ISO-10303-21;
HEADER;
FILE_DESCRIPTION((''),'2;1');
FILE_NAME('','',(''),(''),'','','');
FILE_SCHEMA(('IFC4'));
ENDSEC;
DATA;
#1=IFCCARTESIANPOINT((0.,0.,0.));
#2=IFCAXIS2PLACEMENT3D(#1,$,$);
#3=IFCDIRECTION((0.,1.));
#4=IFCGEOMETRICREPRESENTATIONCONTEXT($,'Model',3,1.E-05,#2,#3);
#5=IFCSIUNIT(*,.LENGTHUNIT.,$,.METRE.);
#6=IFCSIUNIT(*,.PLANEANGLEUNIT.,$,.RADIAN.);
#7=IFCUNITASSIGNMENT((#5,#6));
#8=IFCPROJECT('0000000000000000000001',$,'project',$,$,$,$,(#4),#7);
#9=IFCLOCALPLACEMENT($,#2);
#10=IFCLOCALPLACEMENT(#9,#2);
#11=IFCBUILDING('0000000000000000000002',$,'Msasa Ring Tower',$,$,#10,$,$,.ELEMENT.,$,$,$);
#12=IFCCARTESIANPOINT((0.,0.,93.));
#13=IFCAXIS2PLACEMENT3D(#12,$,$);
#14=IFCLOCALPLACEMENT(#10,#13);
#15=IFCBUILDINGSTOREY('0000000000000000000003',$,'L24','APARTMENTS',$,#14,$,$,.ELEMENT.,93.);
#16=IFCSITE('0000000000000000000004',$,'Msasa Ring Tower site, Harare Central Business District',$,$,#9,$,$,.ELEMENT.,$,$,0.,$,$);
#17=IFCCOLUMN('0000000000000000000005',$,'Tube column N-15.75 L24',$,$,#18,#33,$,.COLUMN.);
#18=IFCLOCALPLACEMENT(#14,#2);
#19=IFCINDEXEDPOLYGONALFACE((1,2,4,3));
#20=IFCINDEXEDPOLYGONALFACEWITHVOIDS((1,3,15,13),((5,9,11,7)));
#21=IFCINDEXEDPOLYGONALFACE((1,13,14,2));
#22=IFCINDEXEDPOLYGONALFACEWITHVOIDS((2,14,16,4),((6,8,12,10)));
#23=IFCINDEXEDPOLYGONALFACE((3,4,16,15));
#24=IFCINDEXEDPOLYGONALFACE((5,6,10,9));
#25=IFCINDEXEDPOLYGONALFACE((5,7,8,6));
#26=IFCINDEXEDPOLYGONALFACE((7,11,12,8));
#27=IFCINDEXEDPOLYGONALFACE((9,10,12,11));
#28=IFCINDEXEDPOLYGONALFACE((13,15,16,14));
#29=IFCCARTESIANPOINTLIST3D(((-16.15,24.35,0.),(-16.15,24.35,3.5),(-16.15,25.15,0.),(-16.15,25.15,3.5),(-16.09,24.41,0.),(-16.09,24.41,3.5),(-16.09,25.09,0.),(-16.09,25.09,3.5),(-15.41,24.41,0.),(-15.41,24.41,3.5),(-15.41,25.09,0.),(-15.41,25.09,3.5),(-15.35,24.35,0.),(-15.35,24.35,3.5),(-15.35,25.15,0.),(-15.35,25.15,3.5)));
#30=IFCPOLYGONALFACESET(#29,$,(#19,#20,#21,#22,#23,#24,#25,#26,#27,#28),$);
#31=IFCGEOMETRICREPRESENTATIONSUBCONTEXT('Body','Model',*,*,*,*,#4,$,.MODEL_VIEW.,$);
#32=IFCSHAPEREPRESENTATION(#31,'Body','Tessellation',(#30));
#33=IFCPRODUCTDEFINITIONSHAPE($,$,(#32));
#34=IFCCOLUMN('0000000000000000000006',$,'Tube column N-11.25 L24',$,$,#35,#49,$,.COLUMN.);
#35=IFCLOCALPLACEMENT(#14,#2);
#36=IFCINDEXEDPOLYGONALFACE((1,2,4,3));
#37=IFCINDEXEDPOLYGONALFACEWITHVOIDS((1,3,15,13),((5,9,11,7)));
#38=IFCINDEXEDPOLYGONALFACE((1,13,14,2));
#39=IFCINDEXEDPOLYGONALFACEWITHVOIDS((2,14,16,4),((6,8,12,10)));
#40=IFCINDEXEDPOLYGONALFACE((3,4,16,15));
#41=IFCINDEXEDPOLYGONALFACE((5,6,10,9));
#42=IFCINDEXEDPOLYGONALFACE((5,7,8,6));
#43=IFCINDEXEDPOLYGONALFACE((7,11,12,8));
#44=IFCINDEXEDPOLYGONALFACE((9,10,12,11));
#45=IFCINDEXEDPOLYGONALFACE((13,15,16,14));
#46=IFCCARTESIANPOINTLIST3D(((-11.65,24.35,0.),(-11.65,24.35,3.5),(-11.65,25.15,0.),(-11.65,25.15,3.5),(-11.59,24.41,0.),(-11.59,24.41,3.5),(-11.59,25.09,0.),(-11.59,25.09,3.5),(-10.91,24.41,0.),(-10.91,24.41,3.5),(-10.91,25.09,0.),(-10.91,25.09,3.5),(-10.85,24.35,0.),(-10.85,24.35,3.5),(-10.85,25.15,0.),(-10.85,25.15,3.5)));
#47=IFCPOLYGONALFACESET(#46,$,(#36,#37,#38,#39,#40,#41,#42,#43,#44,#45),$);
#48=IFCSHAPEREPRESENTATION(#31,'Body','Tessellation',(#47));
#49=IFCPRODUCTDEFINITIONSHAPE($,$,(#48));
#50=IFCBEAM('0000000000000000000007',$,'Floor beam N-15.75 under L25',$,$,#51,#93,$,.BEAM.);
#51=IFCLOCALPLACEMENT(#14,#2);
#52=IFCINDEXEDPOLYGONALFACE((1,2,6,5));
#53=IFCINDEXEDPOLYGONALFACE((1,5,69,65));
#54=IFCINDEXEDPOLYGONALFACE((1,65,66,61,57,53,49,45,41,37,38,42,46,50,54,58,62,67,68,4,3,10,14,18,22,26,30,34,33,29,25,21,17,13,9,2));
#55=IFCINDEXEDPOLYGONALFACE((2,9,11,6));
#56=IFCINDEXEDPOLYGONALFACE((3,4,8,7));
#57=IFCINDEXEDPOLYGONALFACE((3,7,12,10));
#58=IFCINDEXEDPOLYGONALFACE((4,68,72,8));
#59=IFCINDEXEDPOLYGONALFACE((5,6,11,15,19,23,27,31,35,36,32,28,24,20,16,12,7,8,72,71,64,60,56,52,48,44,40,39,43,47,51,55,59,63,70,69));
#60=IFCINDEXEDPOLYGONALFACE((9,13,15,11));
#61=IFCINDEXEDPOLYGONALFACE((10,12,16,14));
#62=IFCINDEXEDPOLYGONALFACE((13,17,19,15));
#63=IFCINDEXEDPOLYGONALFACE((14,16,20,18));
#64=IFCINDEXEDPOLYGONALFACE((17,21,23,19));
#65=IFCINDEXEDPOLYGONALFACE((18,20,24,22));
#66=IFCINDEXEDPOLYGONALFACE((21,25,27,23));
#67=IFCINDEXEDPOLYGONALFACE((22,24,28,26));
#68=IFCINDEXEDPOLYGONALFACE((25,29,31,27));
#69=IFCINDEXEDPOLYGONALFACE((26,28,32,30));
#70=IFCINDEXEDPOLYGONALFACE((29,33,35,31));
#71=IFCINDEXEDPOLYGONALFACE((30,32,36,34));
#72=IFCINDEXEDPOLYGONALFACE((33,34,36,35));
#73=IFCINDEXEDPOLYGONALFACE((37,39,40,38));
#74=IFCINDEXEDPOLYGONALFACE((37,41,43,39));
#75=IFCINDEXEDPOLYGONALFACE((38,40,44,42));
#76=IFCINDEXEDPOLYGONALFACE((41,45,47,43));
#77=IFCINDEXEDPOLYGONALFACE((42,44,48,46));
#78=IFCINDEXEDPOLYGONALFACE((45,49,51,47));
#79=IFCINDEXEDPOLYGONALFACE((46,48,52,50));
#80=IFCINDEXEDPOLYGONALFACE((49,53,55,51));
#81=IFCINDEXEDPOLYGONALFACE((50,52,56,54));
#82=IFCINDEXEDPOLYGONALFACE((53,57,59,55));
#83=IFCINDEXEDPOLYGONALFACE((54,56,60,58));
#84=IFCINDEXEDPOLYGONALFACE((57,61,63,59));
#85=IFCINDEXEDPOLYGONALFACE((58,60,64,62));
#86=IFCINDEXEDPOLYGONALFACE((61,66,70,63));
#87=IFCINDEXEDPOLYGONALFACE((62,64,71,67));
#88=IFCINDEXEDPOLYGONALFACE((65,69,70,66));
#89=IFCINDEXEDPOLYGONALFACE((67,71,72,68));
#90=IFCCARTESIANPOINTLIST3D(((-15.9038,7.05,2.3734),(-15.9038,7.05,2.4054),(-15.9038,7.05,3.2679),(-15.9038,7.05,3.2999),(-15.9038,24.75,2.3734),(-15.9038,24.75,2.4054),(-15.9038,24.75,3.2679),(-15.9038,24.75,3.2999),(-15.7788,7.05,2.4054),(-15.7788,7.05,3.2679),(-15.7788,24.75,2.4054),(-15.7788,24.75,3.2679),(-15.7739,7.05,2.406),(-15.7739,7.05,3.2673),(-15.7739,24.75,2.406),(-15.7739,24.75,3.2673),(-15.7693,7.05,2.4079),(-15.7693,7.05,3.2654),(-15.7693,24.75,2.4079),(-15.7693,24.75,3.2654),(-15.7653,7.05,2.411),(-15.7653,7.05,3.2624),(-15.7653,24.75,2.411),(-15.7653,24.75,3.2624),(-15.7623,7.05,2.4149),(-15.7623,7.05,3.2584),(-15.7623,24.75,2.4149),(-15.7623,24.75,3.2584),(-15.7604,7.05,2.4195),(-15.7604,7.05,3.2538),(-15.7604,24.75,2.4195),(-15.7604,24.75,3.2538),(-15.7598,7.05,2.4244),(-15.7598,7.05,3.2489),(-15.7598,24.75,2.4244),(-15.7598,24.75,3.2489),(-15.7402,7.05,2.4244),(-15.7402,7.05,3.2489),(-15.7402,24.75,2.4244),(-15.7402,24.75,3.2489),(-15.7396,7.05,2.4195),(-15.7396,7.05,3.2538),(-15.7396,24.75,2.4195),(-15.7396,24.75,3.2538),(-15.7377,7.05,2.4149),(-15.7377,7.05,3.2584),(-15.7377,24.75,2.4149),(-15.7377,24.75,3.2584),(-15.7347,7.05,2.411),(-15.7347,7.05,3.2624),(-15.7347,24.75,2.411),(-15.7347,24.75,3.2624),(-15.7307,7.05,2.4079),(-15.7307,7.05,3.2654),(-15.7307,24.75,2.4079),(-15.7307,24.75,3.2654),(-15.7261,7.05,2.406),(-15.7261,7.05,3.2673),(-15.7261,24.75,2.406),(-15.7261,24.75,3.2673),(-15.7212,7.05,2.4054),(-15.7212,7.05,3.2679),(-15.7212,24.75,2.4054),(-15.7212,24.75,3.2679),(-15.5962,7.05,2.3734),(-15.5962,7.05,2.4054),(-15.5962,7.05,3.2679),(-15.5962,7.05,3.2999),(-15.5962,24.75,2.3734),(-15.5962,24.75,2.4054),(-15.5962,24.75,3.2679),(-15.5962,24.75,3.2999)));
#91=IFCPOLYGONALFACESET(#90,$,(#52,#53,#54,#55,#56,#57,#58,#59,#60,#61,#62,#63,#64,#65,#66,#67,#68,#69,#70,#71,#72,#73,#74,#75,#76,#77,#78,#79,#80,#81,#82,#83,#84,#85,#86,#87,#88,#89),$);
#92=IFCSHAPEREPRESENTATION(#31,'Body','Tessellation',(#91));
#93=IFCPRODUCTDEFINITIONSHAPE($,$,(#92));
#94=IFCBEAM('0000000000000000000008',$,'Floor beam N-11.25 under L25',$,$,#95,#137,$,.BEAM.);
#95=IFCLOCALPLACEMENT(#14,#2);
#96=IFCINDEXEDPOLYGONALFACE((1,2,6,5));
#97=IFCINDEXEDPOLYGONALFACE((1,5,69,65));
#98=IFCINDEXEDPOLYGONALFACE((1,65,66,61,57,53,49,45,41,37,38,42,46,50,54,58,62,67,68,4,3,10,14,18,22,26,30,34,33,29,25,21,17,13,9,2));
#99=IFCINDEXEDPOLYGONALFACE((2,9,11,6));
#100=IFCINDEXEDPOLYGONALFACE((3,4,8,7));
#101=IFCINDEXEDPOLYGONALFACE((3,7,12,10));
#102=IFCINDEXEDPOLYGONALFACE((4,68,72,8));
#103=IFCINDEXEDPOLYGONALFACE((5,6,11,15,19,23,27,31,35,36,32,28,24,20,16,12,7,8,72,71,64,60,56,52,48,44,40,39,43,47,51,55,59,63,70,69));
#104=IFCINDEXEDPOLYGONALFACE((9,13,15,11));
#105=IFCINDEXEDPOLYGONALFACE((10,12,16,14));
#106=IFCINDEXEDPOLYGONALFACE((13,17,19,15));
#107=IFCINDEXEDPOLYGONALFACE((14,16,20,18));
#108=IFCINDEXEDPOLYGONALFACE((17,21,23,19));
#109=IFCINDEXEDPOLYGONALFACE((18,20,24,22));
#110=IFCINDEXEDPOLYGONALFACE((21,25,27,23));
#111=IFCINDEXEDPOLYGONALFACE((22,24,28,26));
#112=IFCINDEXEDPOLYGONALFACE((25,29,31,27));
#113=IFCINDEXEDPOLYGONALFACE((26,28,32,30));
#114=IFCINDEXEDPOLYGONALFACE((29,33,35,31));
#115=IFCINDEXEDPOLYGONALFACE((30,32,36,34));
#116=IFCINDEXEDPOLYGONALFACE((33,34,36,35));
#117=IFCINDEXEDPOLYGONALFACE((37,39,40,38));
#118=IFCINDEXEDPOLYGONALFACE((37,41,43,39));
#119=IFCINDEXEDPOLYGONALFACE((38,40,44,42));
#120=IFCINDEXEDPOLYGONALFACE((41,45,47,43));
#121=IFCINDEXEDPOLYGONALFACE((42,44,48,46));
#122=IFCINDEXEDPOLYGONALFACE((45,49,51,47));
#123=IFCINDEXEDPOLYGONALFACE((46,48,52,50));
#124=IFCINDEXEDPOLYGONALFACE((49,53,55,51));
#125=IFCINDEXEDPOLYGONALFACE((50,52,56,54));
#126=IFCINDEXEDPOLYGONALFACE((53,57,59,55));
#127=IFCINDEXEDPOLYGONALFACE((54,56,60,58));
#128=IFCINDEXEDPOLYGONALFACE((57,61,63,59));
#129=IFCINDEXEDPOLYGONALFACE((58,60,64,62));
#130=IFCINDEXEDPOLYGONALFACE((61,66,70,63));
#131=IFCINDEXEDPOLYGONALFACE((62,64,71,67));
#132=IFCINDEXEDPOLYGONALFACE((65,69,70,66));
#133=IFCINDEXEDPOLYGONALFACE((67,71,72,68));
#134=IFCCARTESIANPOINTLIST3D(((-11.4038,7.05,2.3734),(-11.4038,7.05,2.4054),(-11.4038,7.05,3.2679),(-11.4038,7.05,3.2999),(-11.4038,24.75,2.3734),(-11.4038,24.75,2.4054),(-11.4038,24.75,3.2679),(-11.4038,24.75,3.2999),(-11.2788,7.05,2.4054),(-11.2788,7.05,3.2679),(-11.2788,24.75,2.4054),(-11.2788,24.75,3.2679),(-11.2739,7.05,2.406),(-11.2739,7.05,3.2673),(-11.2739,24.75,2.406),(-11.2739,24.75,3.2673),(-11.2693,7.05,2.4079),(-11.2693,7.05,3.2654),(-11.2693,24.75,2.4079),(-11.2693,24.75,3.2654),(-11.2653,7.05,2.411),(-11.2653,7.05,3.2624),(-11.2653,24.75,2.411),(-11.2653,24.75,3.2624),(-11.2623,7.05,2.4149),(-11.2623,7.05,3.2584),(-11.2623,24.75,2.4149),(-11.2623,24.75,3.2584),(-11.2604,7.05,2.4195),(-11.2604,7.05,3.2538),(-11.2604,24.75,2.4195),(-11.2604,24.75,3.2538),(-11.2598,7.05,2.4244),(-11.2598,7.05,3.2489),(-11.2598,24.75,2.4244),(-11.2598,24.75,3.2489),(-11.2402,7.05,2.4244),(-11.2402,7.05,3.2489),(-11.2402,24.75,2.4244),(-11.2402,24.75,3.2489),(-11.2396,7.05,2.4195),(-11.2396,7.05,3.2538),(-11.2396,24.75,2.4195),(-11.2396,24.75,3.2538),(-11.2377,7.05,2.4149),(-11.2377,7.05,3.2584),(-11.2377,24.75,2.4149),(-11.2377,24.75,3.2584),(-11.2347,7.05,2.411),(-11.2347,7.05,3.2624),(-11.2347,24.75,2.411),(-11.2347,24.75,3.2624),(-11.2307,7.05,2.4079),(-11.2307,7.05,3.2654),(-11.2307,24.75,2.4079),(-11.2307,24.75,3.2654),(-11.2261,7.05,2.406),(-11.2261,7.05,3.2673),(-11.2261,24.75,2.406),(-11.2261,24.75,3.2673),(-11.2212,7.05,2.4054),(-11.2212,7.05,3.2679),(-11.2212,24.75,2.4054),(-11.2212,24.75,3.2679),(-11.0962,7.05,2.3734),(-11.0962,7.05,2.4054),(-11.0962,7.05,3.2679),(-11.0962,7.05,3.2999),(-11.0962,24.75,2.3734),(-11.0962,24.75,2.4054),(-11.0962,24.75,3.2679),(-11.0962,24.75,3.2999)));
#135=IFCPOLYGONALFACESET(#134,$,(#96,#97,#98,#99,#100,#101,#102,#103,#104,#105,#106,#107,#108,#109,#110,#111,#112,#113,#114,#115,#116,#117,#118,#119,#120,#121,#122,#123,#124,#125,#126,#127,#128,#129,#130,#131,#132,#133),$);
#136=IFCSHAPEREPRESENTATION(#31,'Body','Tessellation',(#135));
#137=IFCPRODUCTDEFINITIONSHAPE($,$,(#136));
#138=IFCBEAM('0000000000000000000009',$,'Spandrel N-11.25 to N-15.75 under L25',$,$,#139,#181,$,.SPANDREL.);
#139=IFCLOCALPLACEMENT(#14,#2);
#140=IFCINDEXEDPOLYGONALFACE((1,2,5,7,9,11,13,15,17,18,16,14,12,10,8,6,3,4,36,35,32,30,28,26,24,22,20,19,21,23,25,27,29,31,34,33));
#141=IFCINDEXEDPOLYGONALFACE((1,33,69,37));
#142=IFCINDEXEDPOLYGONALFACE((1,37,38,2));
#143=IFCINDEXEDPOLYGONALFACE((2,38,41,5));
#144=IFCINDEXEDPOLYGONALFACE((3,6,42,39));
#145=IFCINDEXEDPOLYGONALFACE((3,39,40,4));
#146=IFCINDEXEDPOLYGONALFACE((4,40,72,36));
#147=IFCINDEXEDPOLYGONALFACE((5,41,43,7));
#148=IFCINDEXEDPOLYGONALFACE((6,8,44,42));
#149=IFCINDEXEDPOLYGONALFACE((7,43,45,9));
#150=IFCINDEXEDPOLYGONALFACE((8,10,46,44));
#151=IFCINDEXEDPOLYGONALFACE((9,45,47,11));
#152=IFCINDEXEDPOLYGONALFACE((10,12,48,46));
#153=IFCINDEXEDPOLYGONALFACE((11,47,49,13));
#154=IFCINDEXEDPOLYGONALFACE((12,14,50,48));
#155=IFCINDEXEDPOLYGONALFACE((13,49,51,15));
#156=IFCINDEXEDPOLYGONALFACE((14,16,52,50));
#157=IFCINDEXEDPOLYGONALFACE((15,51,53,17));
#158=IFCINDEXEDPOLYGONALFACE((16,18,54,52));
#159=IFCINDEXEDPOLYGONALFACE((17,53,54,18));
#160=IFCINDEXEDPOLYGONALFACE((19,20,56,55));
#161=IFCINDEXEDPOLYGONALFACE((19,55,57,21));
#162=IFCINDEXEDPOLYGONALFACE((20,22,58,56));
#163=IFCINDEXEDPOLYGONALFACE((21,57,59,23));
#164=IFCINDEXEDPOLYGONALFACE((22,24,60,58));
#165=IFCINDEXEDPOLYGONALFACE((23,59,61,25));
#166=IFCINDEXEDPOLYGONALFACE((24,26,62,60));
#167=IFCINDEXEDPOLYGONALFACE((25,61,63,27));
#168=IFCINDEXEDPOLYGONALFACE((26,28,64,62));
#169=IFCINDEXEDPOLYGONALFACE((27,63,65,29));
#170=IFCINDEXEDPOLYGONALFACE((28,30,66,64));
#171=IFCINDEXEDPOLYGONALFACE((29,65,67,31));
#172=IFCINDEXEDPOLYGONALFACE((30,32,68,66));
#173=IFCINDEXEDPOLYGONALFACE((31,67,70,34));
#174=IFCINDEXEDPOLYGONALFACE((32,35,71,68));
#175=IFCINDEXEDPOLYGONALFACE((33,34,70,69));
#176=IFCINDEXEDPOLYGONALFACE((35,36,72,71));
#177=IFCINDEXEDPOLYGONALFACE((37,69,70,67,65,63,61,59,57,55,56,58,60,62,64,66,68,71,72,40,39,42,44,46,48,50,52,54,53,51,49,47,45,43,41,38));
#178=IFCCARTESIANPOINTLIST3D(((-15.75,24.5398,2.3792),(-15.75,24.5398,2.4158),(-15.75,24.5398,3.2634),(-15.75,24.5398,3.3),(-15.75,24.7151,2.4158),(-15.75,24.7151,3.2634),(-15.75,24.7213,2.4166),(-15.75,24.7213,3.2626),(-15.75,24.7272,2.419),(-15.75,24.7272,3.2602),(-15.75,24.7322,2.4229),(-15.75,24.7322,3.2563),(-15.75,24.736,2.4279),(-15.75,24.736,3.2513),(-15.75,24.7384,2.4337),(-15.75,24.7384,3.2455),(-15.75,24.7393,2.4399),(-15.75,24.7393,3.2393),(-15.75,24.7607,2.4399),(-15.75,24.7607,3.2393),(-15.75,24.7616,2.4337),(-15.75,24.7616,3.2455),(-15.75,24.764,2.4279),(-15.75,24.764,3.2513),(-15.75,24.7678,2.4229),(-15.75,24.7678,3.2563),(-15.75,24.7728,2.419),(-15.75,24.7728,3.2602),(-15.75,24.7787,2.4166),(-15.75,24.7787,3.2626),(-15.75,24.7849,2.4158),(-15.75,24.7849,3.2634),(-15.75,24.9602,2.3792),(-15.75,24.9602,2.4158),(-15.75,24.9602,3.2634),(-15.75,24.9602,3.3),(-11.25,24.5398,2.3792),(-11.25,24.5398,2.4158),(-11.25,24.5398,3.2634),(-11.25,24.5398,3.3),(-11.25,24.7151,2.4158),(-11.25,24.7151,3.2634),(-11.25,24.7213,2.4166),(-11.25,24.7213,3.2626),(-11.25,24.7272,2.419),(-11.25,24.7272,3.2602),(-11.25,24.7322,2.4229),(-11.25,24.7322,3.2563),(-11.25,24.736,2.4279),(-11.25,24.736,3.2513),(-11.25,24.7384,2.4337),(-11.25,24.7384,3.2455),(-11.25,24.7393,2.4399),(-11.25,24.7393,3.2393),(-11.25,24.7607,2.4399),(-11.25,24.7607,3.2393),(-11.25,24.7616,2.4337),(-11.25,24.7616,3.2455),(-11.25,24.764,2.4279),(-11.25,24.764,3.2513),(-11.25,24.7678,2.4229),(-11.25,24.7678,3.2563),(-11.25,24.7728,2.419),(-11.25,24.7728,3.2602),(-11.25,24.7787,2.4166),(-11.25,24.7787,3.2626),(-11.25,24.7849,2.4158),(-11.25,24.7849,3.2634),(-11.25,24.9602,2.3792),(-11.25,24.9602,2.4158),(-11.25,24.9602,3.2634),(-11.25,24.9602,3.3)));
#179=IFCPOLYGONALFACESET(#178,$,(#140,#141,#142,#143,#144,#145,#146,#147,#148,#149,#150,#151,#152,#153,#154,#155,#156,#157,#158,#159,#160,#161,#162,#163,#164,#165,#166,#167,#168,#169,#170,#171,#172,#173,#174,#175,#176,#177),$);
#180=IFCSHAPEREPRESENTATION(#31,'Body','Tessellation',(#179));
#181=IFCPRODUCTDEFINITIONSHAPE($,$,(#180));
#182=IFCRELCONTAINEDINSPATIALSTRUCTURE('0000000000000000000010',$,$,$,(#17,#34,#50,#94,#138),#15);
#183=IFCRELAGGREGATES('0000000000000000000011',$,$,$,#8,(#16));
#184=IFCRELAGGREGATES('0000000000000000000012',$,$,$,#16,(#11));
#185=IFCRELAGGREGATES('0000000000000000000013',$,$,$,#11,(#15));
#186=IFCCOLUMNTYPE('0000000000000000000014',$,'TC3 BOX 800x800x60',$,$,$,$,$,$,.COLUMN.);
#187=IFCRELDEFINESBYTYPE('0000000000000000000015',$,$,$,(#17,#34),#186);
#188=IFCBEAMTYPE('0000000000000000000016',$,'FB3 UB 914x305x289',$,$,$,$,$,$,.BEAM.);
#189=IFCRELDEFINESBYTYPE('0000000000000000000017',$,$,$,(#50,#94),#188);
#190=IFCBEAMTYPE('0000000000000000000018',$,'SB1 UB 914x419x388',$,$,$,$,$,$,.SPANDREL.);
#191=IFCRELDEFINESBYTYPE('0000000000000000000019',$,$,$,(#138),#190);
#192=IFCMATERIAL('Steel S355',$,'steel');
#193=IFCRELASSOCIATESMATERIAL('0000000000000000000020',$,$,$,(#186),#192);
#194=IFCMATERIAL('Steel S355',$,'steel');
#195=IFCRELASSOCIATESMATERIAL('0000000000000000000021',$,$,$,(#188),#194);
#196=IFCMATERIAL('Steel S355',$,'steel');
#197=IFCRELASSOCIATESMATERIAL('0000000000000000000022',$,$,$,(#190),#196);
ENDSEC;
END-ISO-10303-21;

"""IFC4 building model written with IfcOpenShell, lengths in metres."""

from ifc_helpers import new_model, si_unit, direction, frame, origin, origin_2d, place, context, subcontext, project, spatial, hollow_rectangle, i_section, extrude, material, material_profile, profile_set, type_object, element, save


model = new_model("IFC4")

# Units and contexts
model_context = context("Model", 3, precision=1e-05, world=origin(), true_north=direction((0.0, 1.0)))
body_context = subcontext(model_context, "Body", "Model", "MODEL_VIEW")
ifc_project = project(units=[si_unit("LENGTHUNIT", "METRE"), si_unit("PLANEANGLEUNIT", "RADIAN")], contexts=[model_context])

# Site, building, storey
site_placement = place(None, origin())
site = spatial("IfcSite", under=ifc_project, at=site_placement, Name="Msasa Ring Tower site, Harare Central Business District", CompositionType="ELEMENT", RefElevation=0.0)
building_placement = place(site_placement, origin())
building = spatial("IfcBuilding", under=site, at=building_placement, Name="Msasa Ring Tower", CompositionType="ELEMENT")
storey_placement = place(building_placement, frame((0.0, 0.0, 93.0)))
storey = spatial("IfcBuildingStorey", under=building, at=storey_placement, Name="L24", Description="APARTMENTS", CompositionType="ELEMENT", Elevation=93.0)

# Columns
ifc_material_1 = material(Name="Steel S355", Category="steel")
ifc_material_profile_1 = material_profile(ifc_material_1, hollow_rectangle(XDim=0.8, YDim=0.8, WallThickness=0.0601, at=origin_2d()), Name="BOX 800x800x60")
ifc_profile_set_1 = profile_set([ifc_material_profile_1], Name="Steel S355")
column_type = type_object("IfcColumnType", Name="TC3 BOX 800x800x60", PredefinedType="COLUMN", material=ifc_profile_set_1)
for number, where, z_axis, x_axis, name in (
    (1, (-15.75, 24.75, 0.0), (0.0, 0.0, 1.0), (0.0, 1.0, 0.0), "Tube column N-15.75 L24"),
    (2, (-11.25, 24.75, 0.0), (0.0, 0.0, 1.0), (0.0, 1.0, 0.0), "Tube column N-11.25 L24"),
):
    element("IfcColumn", number, at=place(storey_placement, frame(where, z_axis=z_axis, x_axis=x_axis)), inside=storey, type_object=column_type, Name=name, PredefinedType="COLUMN", context=body_context, shape_type="SweptSolid", body=[
        extrude(hollow_rectangle(XDim=0.8, YDim=0.8, WallThickness=0.0601, at=origin_2d()), origin(), (0.0, 0.0, 1.0), 3.5),
    ])

# Beams
ifc_material_2 = material(Name="Steel S355", Category="steel")
ifc_material_profile_2 = material_profile(ifc_material_2, i_section(OverallWidth=0.3076, OverallDepth=0.9265, WebThickness=0.0195, FlangeThickness=0.032, FilletRadius=0.019, at=origin_2d()), Name="UB 914x305x289")
ifc_profile_set_2 = profile_set([ifc_material_profile_2], Name="Steel S355")
beam_type_1 = type_object("IfcBeamType", Name="FB3 UB 914x305x289", PredefinedType="BEAM", material=ifc_profile_set_2)
for number, where, z_axis, x_axis, name in (
    (3, (-15.75, 24.75, 2.8367), (0.0, -1.0, 0.0), (1.0, 0.0, 0.0), "Floor beam N-15.75 under L25"),
    (4, (-11.25, 24.75, 2.8367), (0.0, -1.0, 0.0), (1.0, 0.0, 0.0), "Floor beam N-11.25 under L25"),
):
    element("IfcBeam", number, at=place(storey_placement, frame(where, z_axis=z_axis, x_axis=x_axis)), inside=storey, type_object=beam_type_1, Name=name, PredefinedType="BEAM", context=body_context, shape_type="SweptSolid", body=[
        extrude(i_section(OverallWidth=0.3076, OverallDepth=0.9265, WebThickness=0.0195, FlangeThickness=0.032, FilletRadius=0.019, at=origin_2d()), origin(), (0.0, 0.0, 1.0), 17.7),
    ])
ifc_material_3 = material(Name="Steel S355", Category="steel")
ifc_material_profile_3 = material_profile(ifc_material_3, i_section(OverallWidth=0.4204, OverallDepth=0.9209, WebThickness=0.0215, FlangeThickness=0.0366, FilletRadius=0.0242, at=origin_2d()), Name="UB 914x419x388")
ifc_profile_set_3 = profile_set([ifc_material_profile_3], Name="Steel S355")
beam_type_2 = type_object("IfcBeamType", Name="SB1 UB 914x419x388", PredefinedType="SPANDREL", material=ifc_profile_set_3)
for number, where, z_axis, x_axis, name in (
    (5, (-11.25, 24.75, 2.8396), (-1.0, 0.0, 0.0), (0.0, -1.0, 0.0), "Spandrel N-11.25 to N-15.75 under L25"),
):
    element("IfcBeam", number, at=place(storey_placement, frame(where, z_axis=z_axis, x_axis=x_axis)), inside=storey, type_object=beam_type_2, Name=name, PredefinedType="SPANDREL", context=body_context, shape_type="SweptSolid", body=[
        extrude(i_section(OverallWidth=0.4204, OverallDepth=0.9209, WebThickness=0.0215, FlangeThickness=0.0366, FilletRadius=0.0242, at=origin_2d()), origin(), (0.0, 0.0, 1.0), 4.5),
    ])

save(model, "model.ifc")
